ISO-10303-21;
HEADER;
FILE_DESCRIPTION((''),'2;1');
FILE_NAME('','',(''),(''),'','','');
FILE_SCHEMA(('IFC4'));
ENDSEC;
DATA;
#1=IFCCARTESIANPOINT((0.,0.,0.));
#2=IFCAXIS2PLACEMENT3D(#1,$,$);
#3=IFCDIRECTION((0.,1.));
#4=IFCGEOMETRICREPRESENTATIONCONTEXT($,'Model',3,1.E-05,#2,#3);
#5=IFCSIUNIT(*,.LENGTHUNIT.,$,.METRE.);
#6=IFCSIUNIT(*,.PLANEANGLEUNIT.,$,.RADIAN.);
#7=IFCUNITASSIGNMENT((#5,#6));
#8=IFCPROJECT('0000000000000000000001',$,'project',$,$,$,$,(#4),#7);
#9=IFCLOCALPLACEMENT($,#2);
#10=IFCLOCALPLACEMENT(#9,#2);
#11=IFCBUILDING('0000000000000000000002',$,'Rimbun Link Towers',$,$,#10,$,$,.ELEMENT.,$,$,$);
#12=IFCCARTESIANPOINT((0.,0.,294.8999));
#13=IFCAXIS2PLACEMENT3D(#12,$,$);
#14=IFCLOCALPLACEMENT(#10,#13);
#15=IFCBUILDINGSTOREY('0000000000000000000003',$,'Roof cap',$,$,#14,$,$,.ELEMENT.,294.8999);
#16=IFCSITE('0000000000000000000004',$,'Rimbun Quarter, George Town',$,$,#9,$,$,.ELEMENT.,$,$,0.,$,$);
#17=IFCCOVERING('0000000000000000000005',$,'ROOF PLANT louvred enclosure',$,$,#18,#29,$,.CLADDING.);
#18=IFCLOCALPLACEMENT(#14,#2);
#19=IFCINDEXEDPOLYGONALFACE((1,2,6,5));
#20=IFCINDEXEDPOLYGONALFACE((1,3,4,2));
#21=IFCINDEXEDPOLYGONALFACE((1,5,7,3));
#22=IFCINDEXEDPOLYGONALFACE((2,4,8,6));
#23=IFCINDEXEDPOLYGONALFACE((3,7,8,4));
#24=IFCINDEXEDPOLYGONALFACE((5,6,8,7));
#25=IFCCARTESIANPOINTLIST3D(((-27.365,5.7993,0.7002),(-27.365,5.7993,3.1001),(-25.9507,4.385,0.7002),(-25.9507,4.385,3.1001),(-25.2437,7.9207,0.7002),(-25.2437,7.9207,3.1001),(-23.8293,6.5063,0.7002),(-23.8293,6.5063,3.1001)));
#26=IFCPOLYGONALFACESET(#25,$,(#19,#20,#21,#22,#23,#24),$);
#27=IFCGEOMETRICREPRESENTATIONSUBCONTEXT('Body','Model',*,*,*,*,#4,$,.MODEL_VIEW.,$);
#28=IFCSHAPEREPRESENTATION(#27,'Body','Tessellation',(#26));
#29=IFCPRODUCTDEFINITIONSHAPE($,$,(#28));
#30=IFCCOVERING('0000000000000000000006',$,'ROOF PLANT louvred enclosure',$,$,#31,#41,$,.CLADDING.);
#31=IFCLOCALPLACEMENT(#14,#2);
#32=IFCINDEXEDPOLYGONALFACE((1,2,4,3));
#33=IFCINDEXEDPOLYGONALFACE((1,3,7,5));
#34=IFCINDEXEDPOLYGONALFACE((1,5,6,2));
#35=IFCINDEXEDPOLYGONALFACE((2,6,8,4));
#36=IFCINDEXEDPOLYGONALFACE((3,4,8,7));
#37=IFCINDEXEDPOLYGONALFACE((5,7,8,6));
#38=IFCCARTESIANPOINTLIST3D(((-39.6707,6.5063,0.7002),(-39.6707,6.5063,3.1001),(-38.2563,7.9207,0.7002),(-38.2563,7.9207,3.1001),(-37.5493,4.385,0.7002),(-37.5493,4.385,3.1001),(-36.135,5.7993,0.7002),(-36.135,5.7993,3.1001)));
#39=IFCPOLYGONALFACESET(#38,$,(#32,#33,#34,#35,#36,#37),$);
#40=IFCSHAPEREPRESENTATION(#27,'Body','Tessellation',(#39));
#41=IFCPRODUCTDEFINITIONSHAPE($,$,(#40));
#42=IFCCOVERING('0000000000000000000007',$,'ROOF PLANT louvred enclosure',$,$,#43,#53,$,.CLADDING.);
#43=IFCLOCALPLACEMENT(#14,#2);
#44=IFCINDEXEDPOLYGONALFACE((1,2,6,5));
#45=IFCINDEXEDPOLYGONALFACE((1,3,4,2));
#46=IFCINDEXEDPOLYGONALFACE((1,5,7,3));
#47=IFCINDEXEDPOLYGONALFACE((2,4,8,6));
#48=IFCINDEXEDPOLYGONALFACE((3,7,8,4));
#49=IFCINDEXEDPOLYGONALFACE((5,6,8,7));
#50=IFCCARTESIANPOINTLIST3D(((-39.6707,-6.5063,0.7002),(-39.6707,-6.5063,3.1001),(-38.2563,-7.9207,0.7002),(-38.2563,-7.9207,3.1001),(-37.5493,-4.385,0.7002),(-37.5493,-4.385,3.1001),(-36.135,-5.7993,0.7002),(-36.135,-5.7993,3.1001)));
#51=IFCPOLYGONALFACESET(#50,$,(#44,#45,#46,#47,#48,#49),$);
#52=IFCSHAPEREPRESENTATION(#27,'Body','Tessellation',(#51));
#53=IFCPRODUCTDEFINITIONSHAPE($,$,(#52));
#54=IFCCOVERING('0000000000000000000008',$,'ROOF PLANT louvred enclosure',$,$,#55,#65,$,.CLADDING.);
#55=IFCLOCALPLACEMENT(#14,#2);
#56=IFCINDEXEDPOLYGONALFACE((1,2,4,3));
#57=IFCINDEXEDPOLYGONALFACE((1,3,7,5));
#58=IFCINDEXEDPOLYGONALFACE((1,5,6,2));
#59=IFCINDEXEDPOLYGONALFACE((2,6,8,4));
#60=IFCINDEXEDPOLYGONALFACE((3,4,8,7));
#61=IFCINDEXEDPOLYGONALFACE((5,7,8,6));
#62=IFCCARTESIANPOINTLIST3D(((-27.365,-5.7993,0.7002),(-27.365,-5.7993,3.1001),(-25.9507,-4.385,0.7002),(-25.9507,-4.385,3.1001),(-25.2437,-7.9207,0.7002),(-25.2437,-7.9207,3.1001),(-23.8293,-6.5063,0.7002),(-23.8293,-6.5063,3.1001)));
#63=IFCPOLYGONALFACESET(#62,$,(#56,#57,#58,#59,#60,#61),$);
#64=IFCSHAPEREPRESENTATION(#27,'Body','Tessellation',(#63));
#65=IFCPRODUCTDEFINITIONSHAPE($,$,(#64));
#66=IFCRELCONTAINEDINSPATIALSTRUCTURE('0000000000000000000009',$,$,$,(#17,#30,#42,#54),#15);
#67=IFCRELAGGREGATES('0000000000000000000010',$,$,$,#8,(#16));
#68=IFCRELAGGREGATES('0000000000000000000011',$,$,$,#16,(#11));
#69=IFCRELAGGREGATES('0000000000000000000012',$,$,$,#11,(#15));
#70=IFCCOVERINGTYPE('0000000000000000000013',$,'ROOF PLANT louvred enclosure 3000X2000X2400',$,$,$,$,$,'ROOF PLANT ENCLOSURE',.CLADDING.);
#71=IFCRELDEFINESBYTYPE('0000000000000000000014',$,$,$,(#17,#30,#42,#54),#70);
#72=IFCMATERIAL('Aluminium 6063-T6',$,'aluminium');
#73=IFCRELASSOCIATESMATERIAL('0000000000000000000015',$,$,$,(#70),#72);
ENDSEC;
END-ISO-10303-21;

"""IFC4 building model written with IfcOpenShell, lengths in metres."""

from ifc_helpers import new_model, si_unit, direction, frame, origin, place, context, subcontext, project, spatial, polyline, outline, extrude, material, type_object, element, save


model = new_model("IFC4")

# Units and contexts
model_context = context("Model", 3, precision=1e-05, world=origin(), true_north=direction((0.0, 1.0)))
body_context = subcontext(model_context, "Body", "Model", "MODEL_VIEW")
ifc_project = project(units=[si_unit("LENGTHUNIT", "METRE"), si_unit("PLANEANGLEUNIT", "RADIAN")], contexts=[model_context])

# Site, building, storey
site_placement = place(None, origin())
site = spatial("IfcSite", under=ifc_project, at=site_placement, Name="Rimbun Quarter, George Town", CompositionType="ELEMENT", RefElevation=0.0)
building_placement = place(site_placement, origin())
building = spatial("IfcBuilding", under=site, at=building_placement, Name="Rimbun Link Towers", CompositionType="ELEMENT")
storey_placement = place(building_placement, frame((0.0, 0.0, 294.8999)))
storey = spatial("IfcBuildingStorey", under=building, at=storey_placement, Name="Roof cap", CompositionType="ELEMENT", Elevation=294.8999)

# Coverings
ifc_material_1 = material(Name="Aluminium 6063-T6", Category="aluminium")
covering_type_1 = type_object("IfcCoveringType", Name="ROOF PLANT louvred enclosure 3000X2000X2400", ElementType="ROOF PLANT ENCLOSURE", PredefinedType="CLADDING", material=ifc_material_1)
covering_1_placement = place(storey_placement, frame((0.0, 0.0, 0.7002)))
element("IfcCovering", 1, at=covering_1_placement, inside=storey, type_object=covering_type_1, Name="ROOF PLANT louvred enclosure", PredefinedType="CLADDING", context=body_context, shape_type="SweptSolid", body=[
    extrude(outline(polyline([(-25.9507, 4.385), (-23.8293, 6.5063), (-25.2437, 7.9207), (-27.365, 5.7993), (-25.9507, 4.385)])), origin(), (0.0, 0.0, 1.0), 2.3999),
])
covering_2_placement = place(storey_placement, frame((0.0, 0.0, 0.7002)))
element("IfcCovering", 2, at=covering_2_placement, inside=storey, type_object=covering_type_1, Name="ROOF PLANT louvred enclosure", PredefinedType="CLADDING", context=body_context, shape_type="SweptSolid", body=[
    extrude(outline(polyline([(-36.135, 5.7993), (-38.2563, 7.9207), (-39.6707, 6.5063), (-37.5493, 4.385), (-36.135, 5.7993)])), origin(), (0.0, 0.0, 1.0), 2.3999),
])
covering_3_placement = place(storey_placement, frame((0.0, 0.0, 0.7002)))
element("IfcCovering", 3, at=covering_3_placement, inside=storey, type_object=covering_type_1, Name="ROOF PLANT louvred enclosure", PredefinedType="CLADDING", context=body_context, shape_type="SweptSolid", body=[
    extrude(outline(polyline([(-37.5493, -4.385), (-39.6707, -6.5063), (-38.2563, -7.9207), (-36.135, -5.7993), (-37.5493, -4.385)])), origin(), (0.0, 0.0, 1.0), 2.3999),
])
covering_4_placement = place(storey_placement, frame((0.0, 0.0, 0.7002)))
element("IfcCovering", 4, at=covering_4_placement, inside=storey, type_object=covering_type_1, Name="ROOF PLANT louvred enclosure", PredefinedType="CLADDING", context=body_context, shape_type="SweptSolid", body=[
    extrude(outline(polyline([(-27.365, -5.7993), (-25.2437, -7.9207), (-23.8293, -6.5063), (-25.9507, -4.385), (-27.365, -5.7993)])), origin(), (0.0, 0.0, 1.0), 2.3999),
])

save(model, "model.ifc")
